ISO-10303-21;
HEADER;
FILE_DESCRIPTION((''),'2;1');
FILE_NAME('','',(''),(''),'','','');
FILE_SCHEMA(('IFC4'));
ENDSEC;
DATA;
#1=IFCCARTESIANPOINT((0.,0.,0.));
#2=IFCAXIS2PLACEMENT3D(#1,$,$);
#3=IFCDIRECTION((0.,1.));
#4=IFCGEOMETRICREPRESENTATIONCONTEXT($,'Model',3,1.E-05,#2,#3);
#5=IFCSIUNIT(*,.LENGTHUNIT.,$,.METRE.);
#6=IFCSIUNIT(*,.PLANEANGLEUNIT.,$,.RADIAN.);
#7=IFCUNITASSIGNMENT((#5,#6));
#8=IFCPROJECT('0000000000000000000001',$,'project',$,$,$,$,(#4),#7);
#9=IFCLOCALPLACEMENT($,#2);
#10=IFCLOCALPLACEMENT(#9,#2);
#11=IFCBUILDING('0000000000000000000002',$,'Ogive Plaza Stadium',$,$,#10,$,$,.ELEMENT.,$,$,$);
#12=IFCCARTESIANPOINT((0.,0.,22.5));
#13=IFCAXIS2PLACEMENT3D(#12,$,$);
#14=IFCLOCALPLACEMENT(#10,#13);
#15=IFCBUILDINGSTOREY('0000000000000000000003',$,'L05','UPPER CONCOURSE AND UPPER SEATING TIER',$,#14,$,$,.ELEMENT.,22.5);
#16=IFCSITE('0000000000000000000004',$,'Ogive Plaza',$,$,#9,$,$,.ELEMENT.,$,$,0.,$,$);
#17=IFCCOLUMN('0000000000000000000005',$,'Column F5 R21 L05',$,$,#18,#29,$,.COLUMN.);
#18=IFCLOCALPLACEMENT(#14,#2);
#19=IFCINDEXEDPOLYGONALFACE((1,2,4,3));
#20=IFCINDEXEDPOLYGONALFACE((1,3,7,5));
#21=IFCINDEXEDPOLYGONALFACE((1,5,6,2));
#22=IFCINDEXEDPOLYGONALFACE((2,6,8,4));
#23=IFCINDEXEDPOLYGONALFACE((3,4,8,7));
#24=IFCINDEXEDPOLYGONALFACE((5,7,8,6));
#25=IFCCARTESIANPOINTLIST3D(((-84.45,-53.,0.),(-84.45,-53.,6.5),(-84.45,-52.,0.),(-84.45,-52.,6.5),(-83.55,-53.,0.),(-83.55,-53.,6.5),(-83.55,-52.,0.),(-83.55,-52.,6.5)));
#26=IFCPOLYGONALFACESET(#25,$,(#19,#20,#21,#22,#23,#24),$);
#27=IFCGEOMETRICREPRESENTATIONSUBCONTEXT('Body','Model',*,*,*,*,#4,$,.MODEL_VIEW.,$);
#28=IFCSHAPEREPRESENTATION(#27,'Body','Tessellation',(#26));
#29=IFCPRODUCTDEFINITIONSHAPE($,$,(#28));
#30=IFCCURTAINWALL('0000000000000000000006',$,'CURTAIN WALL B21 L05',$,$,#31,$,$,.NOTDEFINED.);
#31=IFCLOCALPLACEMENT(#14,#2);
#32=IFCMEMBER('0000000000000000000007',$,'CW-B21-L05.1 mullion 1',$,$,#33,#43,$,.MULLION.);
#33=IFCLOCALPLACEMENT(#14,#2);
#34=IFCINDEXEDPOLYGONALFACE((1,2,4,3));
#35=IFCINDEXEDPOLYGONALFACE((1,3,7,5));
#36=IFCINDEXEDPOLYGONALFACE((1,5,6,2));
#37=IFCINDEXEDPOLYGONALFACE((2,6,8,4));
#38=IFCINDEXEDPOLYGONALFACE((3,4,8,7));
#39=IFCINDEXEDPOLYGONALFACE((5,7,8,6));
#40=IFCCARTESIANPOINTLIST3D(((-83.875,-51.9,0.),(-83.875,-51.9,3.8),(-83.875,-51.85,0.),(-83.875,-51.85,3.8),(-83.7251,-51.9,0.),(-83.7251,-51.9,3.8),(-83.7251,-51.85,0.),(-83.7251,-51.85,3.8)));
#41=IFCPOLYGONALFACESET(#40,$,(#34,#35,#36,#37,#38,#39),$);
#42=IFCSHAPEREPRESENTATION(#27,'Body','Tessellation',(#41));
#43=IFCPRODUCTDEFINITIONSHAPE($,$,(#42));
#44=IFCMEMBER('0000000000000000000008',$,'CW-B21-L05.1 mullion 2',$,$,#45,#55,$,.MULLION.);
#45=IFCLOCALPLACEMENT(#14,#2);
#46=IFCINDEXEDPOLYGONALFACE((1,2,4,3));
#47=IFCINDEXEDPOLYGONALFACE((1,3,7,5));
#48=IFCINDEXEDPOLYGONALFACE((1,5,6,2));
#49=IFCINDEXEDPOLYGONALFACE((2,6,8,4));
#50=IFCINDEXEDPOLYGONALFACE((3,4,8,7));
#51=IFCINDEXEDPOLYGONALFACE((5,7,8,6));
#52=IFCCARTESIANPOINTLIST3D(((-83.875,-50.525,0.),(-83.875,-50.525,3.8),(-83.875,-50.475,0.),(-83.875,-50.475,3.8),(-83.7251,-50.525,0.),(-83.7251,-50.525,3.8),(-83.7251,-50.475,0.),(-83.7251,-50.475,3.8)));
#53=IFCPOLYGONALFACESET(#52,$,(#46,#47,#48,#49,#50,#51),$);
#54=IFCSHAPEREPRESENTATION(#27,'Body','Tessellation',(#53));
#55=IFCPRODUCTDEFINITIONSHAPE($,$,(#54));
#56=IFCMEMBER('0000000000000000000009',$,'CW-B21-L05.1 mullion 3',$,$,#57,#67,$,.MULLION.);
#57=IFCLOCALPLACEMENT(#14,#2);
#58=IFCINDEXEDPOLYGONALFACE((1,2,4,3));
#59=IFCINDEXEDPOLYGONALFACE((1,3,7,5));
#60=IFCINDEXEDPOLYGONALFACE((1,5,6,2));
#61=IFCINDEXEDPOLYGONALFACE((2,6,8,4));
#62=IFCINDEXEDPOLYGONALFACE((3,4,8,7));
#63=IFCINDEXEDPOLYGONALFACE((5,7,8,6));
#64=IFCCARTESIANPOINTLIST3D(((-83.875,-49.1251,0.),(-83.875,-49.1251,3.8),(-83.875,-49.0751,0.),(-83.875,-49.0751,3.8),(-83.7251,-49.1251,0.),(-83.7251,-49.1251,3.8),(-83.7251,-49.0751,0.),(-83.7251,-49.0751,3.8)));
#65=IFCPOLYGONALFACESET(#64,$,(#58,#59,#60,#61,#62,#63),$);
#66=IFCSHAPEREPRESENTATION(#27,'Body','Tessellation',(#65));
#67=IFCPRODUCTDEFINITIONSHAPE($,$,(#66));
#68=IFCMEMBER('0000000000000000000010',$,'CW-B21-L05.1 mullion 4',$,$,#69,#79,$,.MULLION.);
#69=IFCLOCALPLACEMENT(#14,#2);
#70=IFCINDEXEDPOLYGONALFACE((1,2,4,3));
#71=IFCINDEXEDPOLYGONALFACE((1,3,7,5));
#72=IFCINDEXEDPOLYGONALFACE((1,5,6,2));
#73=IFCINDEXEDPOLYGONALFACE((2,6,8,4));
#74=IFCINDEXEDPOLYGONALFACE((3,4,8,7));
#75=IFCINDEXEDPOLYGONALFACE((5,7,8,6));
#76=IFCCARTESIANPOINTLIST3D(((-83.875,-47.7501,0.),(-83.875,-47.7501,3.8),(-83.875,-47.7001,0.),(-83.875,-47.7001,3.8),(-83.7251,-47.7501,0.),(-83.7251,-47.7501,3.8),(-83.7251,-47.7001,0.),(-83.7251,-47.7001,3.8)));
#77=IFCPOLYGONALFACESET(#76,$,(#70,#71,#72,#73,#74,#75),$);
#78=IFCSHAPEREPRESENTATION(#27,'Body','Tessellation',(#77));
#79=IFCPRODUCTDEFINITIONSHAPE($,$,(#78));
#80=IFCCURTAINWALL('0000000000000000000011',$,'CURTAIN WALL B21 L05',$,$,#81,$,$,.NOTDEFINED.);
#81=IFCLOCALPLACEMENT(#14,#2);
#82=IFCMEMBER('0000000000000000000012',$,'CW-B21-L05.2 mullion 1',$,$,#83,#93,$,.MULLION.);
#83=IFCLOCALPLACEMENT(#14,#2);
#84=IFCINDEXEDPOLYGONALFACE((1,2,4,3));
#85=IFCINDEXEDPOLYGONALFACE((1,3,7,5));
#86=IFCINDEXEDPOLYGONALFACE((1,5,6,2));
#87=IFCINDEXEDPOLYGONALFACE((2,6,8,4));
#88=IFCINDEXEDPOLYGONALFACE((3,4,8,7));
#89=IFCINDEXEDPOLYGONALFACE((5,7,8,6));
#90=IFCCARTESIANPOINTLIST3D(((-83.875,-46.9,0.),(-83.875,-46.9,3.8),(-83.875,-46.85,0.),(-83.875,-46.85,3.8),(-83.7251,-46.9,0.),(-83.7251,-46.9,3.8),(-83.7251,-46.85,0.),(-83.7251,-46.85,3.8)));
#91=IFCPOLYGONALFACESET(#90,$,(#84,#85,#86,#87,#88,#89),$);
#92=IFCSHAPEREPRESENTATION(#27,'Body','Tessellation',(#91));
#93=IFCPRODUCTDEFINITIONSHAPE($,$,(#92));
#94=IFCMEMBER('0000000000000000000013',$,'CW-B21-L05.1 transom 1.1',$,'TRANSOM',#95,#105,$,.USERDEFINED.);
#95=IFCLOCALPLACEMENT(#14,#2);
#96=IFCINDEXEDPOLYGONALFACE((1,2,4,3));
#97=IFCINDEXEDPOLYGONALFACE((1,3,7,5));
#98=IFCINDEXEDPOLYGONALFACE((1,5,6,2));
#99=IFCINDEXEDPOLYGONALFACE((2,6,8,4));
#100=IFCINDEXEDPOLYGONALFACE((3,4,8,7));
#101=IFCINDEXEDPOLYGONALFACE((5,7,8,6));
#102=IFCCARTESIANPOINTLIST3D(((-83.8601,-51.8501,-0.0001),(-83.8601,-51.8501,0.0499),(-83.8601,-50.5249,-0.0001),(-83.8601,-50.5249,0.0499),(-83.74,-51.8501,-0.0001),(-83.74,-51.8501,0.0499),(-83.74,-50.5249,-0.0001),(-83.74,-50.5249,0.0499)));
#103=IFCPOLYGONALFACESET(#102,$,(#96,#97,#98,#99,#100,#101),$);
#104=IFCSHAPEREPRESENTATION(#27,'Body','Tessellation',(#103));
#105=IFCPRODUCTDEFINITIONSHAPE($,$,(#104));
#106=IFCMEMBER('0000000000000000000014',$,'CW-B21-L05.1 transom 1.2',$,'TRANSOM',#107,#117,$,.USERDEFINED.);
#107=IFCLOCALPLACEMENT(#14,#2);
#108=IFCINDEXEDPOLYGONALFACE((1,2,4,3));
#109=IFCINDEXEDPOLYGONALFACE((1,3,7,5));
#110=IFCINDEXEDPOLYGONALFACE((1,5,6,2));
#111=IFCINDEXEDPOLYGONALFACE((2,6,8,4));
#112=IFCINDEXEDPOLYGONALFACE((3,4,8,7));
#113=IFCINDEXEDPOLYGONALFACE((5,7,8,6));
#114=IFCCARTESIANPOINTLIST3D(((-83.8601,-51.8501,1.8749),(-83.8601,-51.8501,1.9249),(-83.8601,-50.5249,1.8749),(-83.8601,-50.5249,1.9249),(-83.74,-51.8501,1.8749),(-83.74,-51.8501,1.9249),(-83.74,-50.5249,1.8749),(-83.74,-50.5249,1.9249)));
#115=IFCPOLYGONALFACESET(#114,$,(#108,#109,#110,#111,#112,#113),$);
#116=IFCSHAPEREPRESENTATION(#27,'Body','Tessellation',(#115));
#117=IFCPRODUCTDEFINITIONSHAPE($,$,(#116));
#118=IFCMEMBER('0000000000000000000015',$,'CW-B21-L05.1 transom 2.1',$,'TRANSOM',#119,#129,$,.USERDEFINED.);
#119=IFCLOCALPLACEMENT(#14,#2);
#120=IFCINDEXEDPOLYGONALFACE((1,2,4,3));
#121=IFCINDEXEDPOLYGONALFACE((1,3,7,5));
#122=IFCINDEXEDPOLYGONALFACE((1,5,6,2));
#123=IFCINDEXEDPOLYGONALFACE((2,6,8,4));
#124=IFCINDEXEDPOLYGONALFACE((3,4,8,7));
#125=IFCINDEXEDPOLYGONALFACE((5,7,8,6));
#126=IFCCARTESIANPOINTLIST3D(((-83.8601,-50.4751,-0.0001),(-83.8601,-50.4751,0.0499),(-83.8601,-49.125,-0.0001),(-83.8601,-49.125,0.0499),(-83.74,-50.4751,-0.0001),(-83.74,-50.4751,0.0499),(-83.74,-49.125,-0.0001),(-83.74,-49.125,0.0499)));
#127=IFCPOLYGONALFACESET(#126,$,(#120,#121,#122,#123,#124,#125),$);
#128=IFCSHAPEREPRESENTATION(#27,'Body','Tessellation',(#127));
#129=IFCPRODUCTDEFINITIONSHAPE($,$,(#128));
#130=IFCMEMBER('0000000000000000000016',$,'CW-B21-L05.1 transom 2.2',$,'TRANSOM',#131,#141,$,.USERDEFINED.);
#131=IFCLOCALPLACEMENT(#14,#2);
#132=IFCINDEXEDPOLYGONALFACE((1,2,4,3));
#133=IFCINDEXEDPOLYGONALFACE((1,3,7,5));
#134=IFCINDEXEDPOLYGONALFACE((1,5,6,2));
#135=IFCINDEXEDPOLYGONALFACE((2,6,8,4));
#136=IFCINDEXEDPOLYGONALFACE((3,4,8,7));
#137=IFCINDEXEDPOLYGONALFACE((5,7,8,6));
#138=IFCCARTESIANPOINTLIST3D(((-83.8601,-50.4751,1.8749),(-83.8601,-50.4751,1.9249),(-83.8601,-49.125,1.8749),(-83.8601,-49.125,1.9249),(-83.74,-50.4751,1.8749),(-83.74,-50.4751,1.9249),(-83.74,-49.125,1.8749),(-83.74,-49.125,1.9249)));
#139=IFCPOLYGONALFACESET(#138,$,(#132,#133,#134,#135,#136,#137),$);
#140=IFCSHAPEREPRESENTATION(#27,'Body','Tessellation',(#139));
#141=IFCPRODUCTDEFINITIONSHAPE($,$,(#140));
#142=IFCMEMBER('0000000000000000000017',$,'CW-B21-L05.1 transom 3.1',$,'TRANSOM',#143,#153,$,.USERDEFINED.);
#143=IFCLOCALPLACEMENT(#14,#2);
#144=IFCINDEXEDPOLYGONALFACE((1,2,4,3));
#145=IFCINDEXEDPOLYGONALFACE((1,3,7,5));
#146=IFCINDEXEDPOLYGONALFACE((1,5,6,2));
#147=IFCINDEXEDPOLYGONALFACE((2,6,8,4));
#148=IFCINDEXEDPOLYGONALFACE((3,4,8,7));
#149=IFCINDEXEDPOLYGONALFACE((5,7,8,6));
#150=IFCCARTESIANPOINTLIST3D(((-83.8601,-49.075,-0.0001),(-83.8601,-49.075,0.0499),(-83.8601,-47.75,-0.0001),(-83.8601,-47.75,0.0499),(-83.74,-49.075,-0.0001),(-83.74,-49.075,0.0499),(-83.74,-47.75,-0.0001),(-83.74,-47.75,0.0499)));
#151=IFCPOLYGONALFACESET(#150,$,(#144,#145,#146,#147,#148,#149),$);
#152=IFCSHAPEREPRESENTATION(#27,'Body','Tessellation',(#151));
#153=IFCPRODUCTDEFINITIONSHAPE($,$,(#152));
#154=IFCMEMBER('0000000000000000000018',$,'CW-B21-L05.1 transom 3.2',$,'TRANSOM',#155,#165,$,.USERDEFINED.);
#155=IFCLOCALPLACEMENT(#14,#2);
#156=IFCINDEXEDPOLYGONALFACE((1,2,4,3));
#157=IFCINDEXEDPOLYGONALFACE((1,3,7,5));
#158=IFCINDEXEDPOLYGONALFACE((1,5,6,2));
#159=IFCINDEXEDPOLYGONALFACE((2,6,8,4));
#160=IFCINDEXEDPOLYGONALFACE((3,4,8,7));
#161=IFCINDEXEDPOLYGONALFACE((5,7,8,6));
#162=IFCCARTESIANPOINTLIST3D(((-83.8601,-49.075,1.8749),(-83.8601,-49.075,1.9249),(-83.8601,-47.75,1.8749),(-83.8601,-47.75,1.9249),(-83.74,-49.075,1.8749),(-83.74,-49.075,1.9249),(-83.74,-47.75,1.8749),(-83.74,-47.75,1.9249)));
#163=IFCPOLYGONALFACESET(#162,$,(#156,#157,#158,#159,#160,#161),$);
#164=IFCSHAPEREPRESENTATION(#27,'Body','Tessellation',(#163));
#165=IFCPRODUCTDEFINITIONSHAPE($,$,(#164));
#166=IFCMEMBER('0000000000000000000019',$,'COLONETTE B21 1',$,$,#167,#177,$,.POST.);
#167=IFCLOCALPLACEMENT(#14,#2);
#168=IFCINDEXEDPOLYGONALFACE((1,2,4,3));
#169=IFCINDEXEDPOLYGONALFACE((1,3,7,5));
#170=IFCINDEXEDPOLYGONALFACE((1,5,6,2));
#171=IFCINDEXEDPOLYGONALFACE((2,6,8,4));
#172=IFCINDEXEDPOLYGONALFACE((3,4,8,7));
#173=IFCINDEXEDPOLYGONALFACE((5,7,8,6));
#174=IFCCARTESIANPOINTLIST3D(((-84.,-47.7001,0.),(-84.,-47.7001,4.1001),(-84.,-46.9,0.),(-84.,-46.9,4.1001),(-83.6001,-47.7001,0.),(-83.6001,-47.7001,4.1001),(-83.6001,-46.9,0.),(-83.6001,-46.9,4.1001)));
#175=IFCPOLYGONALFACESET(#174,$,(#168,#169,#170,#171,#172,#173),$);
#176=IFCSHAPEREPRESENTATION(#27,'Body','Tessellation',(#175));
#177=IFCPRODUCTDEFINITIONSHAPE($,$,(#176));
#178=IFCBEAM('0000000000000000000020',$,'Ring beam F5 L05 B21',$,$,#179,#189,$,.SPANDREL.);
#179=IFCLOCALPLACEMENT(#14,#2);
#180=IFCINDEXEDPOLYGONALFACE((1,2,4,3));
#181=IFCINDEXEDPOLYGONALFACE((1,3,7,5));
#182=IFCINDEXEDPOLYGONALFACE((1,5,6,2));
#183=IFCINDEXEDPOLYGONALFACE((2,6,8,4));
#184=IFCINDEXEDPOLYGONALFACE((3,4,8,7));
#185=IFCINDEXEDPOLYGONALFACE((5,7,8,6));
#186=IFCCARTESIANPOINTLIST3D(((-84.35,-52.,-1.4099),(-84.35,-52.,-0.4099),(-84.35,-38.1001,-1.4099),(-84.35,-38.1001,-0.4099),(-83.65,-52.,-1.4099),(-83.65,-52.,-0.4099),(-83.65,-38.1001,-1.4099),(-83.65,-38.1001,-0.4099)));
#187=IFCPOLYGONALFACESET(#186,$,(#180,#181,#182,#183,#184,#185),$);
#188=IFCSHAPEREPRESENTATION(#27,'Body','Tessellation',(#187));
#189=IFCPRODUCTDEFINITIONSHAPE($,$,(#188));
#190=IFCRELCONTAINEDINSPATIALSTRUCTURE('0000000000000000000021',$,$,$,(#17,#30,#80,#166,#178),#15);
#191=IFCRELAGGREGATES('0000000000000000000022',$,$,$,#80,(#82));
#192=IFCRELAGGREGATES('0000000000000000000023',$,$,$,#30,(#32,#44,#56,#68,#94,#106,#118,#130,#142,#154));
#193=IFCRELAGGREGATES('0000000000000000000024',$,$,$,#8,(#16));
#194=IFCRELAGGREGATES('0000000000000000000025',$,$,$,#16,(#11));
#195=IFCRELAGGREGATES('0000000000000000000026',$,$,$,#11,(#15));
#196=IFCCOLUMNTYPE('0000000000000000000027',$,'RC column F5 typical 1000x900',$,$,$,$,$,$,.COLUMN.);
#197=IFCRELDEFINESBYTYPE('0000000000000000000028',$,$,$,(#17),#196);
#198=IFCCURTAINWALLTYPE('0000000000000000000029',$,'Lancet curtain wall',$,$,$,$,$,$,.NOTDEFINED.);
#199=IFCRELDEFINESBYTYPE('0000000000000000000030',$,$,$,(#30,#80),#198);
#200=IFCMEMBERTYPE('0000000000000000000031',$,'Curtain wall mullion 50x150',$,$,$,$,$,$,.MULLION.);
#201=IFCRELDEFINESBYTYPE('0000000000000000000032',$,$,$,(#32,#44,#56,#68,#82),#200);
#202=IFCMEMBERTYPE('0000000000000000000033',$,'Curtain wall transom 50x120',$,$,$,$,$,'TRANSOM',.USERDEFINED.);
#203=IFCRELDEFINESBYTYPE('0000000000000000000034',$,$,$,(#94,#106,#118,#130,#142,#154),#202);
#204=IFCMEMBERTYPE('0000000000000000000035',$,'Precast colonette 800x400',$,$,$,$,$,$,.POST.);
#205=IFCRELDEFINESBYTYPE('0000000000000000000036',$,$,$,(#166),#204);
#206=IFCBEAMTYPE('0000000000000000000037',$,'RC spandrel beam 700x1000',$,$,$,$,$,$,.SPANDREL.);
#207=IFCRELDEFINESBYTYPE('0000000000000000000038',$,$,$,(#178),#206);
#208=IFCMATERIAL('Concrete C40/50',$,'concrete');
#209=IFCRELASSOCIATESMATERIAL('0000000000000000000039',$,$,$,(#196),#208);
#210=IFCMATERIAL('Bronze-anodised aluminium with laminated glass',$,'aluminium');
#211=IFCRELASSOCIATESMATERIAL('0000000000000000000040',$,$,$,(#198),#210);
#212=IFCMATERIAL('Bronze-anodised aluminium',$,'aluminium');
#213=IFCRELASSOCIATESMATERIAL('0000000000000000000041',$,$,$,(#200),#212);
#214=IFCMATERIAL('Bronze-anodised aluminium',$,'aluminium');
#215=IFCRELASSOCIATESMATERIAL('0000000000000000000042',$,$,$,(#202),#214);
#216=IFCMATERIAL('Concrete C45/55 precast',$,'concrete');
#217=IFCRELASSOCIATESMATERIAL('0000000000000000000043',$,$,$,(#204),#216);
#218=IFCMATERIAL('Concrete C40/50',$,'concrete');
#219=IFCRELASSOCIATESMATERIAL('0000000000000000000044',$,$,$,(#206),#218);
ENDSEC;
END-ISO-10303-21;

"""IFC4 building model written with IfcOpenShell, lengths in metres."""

from ifc_helpers import new_model, si_unit, direction, frame, origin, origin_2d, place, context, subcontext, project, spatial, rectangle, extrude, material, material_profile, profile_set, type_object, element, aggregate, save


model = new_model("IFC4")

# Units and contexts
model_context = context("Model", 3, precision=1e-05, world=origin(), true_north=direction((0.0, 1.0)))
body_context = subcontext(model_context, "Body", "Model", "MODEL_VIEW")
ifc_project = project(units=[si_unit("LENGTHUNIT", "METRE"), si_unit("PLANEANGLEUNIT", "RADIAN")], contexts=[model_context])

# Site, building, storey
site_placement = place(None, origin())
site = spatial("IfcSite", under=ifc_project, at=site_placement, Name="Ogive Plaza", CompositionType="ELEMENT", RefElevation=0.0)
building_placement = place(site_placement, origin())
building = spatial("IfcBuilding", under=site, at=building_placement, Name="Ogive Plaza Stadium", CompositionType="ELEMENT")
storey_placement = place(building_placement, frame((0.0, 0.0, 22.5)))
storey = spatial("IfcBuildingStorey", under=building, at=storey_placement, Name="L05", Description="UPPER CONCOURSE AND UPPER SEATING TIER", CompositionType="ELEMENT", Elevation=22.5)

# Column
ifc_material_1 = material(Name="Concrete C40/50", Category="concrete")
ifc_material_profile_1 = material_profile(ifc_material_1, rectangle(XDim=1.0, YDim=0.8999, at=origin_2d()), Name="RC 1000x900")
ifc_profile_set_1 = profile_set([ifc_material_profile_1], Name="Concrete C40/50")
column_type = type_object("IfcColumnType", Name="RC column F5 typical 1000x900", PredefinedType="COLUMN", material=ifc_profile_set_1)
column_placement = place(storey_placement, frame((-84.0, -52.5, 0.0), z_axis=(0.0, 0.0, 1.0), x_axis=(0.0, -1.0, 0.0)))
element("IfcColumn", 1, at=column_placement, inside=storey, type_object=column_type, Name="Column F5 R21 L05", PredefinedType="COLUMN", context=body_context, shape_type="SweptSolid", body=[
    extrude(rectangle(XDim=1.0, YDim=0.8999, at=origin_2d()), origin(), (0.0, 0.0, 1.0), 6.5),
])

# Curtain wall, members
ifc_material_2 = material(Name="Bronze-anodised aluminium with laminated glass", Category="aluminium")
curtain_wall_type = type_object("IfcCurtainWallType", Name="Lancet curtain wall", PredefinedType="NOTDEFINED", material=ifc_material_2)
curtain_wall_1_placement = place(storey_placement, origin())
curtain_wall_1 = element("IfcCurtainWall", 2, at=curtain_wall_1_placement, inside=storey, type_object=curtain_wall_type, Name="CURTAIN WALL B21 L05", PredefinedType="NOTDEFINED")
ifc_material_3 = material(Name="Bronze-anodised aluminium", Category="aluminium")
ifc_material_profile_2 = material_profile(ifc_material_3, rectangle(XDim=0.1499, YDim=0.05, at=origin_2d()), Name="AL 150x50")
ifc_profile_set_2 = profile_set([ifc_material_profile_2], Name="Bronze-anodised aluminium")
member_type_1 = type_object("IfcMemberType", Name="Curtain wall mullion 50x150", PredefinedType="MULLION", material=ifc_profile_set_2)
member_1_placement = place(storey_placement, frame((-83.8, -51.875, 0.0), z_axis=(0.0, 0.0, 1.0), x_axis=(-1.0, 0.0, 0.0)))
member_1 = element("IfcMember", 3, at=member_1_placement, type_object=member_type_1, Name="CW-B21-L05.1 mullion 1", PredefinedType="MULLION", context=body_context, shape_type="SweptSolid", body=[
    extrude(rectangle(XDim=0.1499, YDim=0.05, at=origin_2d()), origin(), (0.0, 0.0, 1.0), 3.8),
])
member_2_placement = place(storey_placement, frame((-83.8, -50.5, 0.0), z_axis=(0.0, 0.0, 1.0), x_axis=(-1.0, 0.0, 0.0)))
member_2 = element("IfcMember", 4, at=member_2_placement, type_object=member_type_1, Name="CW-B21-L05.1 mullion 2", PredefinedType="MULLION", context=body_context, shape_type="SweptSolid", body=[
    extrude(rectangle(XDim=0.1499, YDim=0.05, at=origin_2d()), origin(), (0.0, 0.0, 1.0), 3.8),
])
member_3_placement = place(storey_placement, frame((-83.8, -49.1001, 0.0), z_axis=(0.0, 0.0, 1.0), x_axis=(-1.0, 0.0, 0.0)))
member_3 = element("IfcMember", 5, at=member_3_placement, type_object=member_type_1, Name="CW-B21-L05.1 mullion 3", PredefinedType="MULLION", context=body_context, shape_type="SweptSolid", body=[
    extrude(rectangle(XDim=0.1499, YDim=0.05, at=origin_2d()), origin(), (0.0, 0.0, 1.0), 3.8),
])
member_4_placement = place(storey_placement, frame((-83.8, -47.7251, 0.0), z_axis=(0.0, 0.0, 1.0), x_axis=(-1.0, 0.0, 0.0)))
member_4 = element("IfcMember", 6, at=member_4_placement, type_object=member_type_1, Name="CW-B21-L05.1 mullion 4", PredefinedType="MULLION", context=body_context, shape_type="SweptSolid", body=[
    extrude(rectangle(XDim=0.1499, YDim=0.05, at=origin_2d()), origin(), (0.0, 0.0, 1.0), 3.8),
])

# Curtain wall, member
curtain_wall_2_placement = place(storey_placement, origin())
curtain_wall_2 = element("IfcCurtainWall", 7, at=curtain_wall_2_placement, inside=storey, type_object=curtain_wall_type, Name="CURTAIN WALL B21 L05", PredefinedType="NOTDEFINED")
member_5_placement = place(storey_placement, frame((-83.8, -46.875, 0.0), z_axis=(0.0, 0.0, 1.0), x_axis=(-1.0, 0.0, 0.0)))
member_5 = element("IfcMember", 8, at=member_5_placement, type_object=member_type_1, Name="CW-B21-L05.2 mullion 1", PredefinedType="MULLION", context=body_context, shape_type="SweptSolid", body=[
    extrude(rectangle(XDim=0.1499, YDim=0.05, at=origin_2d()), origin(), (0.0, 0.0, 1.0), 3.8),
])
aggregate(curtain_wall_2, [member_5])

# Members
ifc_material_4 = material(Name="Bronze-anodised aluminium", Category="aluminium")
ifc_material_profile_3 = material_profile(ifc_material_4, rectangle(XDim=0.1201, YDim=0.05, at=origin_2d()), Name="AL 120x50")
ifc_profile_set_3 = profile_set([ifc_material_profile_3], Name="Bronze-anodised aluminium")
member_type_2 = type_object("IfcMemberType", Name="Curtain wall transom 50x120", ElementType="TRANSOM", PredefinedType="USERDEFINED", material=ifc_profile_set_3)
member_6_placement = place(storey_placement, frame((-83.8, -51.8501, 0.0249), z_axis=(0.0, 1.0, 0.0), x_axis=(-1.0, 0.0, 0.0)))
member_6 = element("IfcMember", 9, at=member_6_placement, type_object=member_type_2, Name="CW-B21-L05.1 transom 1.1", ObjectType="TRANSOM", PredefinedType="USERDEFINED", context=body_context, shape_type="SweptSolid", body=[
    extrude(rectangle(XDim=0.1201, YDim=0.05, at=origin_2d()), origin(), (0.0, 0.0, 1.0), 1.3252),
])
member_7_placement = place(storey_placement, frame((-83.8, -51.8501, 1.8999), z_axis=(0.0, 1.0, 0.0), x_axis=(-1.0, 0.0, 0.0)))
member_7 = element("IfcMember", 10, at=member_7_placement, type_object=member_type_2, Name="CW-B21-L05.1 transom 1.2", ObjectType="TRANSOM", PredefinedType="USERDEFINED", context=body_context, shape_type="SweptSolid", body=[
    extrude(rectangle(XDim=0.1201, YDim=0.05, at=origin_2d()), origin(), (0.0, 0.0, 1.0), 1.3252),
])
member_8_placement = place(storey_placement, frame((-83.8, -50.4751, 0.0249), z_axis=(0.0, 1.0, 0.0), x_axis=(-1.0, 0.0, 0.0)))
member_8 = element("IfcMember", 11, at=member_8_placement, type_object=member_type_2, Name="CW-B21-L05.1 transom 2.1", ObjectType="TRANSOM", PredefinedType="USERDEFINED", context=body_context, shape_type="SweptSolid", body=[
    extrude(rectangle(XDim=0.1201, YDim=0.05, at=origin_2d()), origin(), (0.0, 0.0, 1.0), 1.3501),
])
member_9_placement = place(storey_placement, frame((-83.8, -50.4751, 1.8999), z_axis=(0.0, 1.0, 0.0), x_axis=(-1.0, 0.0, 0.0)))
member_9 = element("IfcMember", 12, at=member_9_placement, type_object=member_type_2, Name="CW-B21-L05.1 transom 2.2", ObjectType="TRANSOM", PredefinedType="USERDEFINED", context=body_context, shape_type="SweptSolid", body=[
    extrude(rectangle(XDim=0.1201, YDim=0.05, at=origin_2d()), origin(), (0.0, 0.0, 1.0), 1.3501),
])
member_10_placement = place(storey_placement, frame((-83.8, -49.075, 0.0249), z_axis=(0.0, 1.0, 0.0), x_axis=(-1.0, 0.0, 0.0)))
member_10 = element("IfcMember", 13, at=member_10_placement, type_object=member_type_2, Name="CW-B21-L05.1 transom 3.1", ObjectType="TRANSOM", PredefinedType="USERDEFINED", context=body_context, shape_type="SweptSolid", body=[
    extrude(rectangle(XDim=0.1201, YDim=0.05, at=origin_2d()), origin(), (0.0, 0.0, 1.0), 1.325),
])
member_11_placement = place(storey_placement, frame((-83.8, -49.075, 1.8999), z_axis=(0.0, 1.0, 0.0), x_axis=(-1.0, 0.0, 0.0)))
member_11 = element("IfcMember", 14, at=member_11_placement, type_object=member_type_2, Name="CW-B21-L05.1 transom 3.2", ObjectType="TRANSOM", PredefinedType="USERDEFINED", context=body_context, shape_type="SweptSolid", body=[
    extrude(rectangle(XDim=0.1201, YDim=0.05, at=origin_2d()), origin(), (0.0, 0.0, 1.0), 1.325),
])
ifc_material_5 = material(Name="Concrete C45/55 precast", Category="concrete")
ifc_material_profile_4 = material_profile(ifc_material_5, rectangle(XDim=0.3999, YDim=0.8, at=origin_2d()), Name="RC 400x800")
ifc_profile_set_4 = profile_set([ifc_material_profile_4], Name="Concrete C45/55 precast")
member_type_3 = type_object("IfcMemberType", Name="Precast colonette 800x400", PredefinedType="POST", material=ifc_profile_set_4)
member_12_placement = place(storey_placement, frame((-83.8, -47.3, 0.0), z_axis=(0.0, 0.0, 1.0), x_axis=(-1.0, 0.0, 0.0)))
element("IfcMember", 15, at=member_12_placement, inside=storey, type_object=member_type_3, Name="COLONETTE B21 1", PredefinedType="POST", context=body_context, shape_type="SweptSolid", body=[
    extrude(rectangle(XDim=0.3999, YDim=0.8, at=origin_2d()), origin(), (0.0, 0.0, 1.0), 4.1001),
])

# Beam
ifc_material_6 = material(Name="Concrete C40/50", Category="concrete")
ifc_material_profile_5 = material_profile(ifc_material_6, rectangle(XDim=0.7, YDim=1.0, at=origin_2d()), Name="RC 700x1000")
ifc_profile_set_5 = profile_set([ifc_material_profile_5], Name="Concrete C40/50")
beam_type = type_object("IfcBeamType", Name="RC spandrel beam 700x1000", PredefinedType="SPANDREL", material=ifc_profile_set_5)
beam_placement = place(storey_placement, frame((-84.0, -52.0, -0.9099), z_axis=(0.0, 1.0, 0.0), x_axis=(-1.0, 0.0, 0.0)))
element("IfcBeam", 16, at=beam_placement, inside=storey, type_object=beam_type, Name="Ring beam F5 L05 B21", PredefinedType="SPANDREL", context=body_context, shape_type="SweptSolid", body=[
    extrude(rectangle(XDim=0.7, YDim=1.0, at=origin_2d()), origin(), (0.0, 0.0, 1.0), 13.8999),
])

aggregate(curtain_wall_1, [member_1, member_2, member_3, member_4, member_6, member_7, member_8, member_9, member_10, member_11])

save(model, "model.ifc")
